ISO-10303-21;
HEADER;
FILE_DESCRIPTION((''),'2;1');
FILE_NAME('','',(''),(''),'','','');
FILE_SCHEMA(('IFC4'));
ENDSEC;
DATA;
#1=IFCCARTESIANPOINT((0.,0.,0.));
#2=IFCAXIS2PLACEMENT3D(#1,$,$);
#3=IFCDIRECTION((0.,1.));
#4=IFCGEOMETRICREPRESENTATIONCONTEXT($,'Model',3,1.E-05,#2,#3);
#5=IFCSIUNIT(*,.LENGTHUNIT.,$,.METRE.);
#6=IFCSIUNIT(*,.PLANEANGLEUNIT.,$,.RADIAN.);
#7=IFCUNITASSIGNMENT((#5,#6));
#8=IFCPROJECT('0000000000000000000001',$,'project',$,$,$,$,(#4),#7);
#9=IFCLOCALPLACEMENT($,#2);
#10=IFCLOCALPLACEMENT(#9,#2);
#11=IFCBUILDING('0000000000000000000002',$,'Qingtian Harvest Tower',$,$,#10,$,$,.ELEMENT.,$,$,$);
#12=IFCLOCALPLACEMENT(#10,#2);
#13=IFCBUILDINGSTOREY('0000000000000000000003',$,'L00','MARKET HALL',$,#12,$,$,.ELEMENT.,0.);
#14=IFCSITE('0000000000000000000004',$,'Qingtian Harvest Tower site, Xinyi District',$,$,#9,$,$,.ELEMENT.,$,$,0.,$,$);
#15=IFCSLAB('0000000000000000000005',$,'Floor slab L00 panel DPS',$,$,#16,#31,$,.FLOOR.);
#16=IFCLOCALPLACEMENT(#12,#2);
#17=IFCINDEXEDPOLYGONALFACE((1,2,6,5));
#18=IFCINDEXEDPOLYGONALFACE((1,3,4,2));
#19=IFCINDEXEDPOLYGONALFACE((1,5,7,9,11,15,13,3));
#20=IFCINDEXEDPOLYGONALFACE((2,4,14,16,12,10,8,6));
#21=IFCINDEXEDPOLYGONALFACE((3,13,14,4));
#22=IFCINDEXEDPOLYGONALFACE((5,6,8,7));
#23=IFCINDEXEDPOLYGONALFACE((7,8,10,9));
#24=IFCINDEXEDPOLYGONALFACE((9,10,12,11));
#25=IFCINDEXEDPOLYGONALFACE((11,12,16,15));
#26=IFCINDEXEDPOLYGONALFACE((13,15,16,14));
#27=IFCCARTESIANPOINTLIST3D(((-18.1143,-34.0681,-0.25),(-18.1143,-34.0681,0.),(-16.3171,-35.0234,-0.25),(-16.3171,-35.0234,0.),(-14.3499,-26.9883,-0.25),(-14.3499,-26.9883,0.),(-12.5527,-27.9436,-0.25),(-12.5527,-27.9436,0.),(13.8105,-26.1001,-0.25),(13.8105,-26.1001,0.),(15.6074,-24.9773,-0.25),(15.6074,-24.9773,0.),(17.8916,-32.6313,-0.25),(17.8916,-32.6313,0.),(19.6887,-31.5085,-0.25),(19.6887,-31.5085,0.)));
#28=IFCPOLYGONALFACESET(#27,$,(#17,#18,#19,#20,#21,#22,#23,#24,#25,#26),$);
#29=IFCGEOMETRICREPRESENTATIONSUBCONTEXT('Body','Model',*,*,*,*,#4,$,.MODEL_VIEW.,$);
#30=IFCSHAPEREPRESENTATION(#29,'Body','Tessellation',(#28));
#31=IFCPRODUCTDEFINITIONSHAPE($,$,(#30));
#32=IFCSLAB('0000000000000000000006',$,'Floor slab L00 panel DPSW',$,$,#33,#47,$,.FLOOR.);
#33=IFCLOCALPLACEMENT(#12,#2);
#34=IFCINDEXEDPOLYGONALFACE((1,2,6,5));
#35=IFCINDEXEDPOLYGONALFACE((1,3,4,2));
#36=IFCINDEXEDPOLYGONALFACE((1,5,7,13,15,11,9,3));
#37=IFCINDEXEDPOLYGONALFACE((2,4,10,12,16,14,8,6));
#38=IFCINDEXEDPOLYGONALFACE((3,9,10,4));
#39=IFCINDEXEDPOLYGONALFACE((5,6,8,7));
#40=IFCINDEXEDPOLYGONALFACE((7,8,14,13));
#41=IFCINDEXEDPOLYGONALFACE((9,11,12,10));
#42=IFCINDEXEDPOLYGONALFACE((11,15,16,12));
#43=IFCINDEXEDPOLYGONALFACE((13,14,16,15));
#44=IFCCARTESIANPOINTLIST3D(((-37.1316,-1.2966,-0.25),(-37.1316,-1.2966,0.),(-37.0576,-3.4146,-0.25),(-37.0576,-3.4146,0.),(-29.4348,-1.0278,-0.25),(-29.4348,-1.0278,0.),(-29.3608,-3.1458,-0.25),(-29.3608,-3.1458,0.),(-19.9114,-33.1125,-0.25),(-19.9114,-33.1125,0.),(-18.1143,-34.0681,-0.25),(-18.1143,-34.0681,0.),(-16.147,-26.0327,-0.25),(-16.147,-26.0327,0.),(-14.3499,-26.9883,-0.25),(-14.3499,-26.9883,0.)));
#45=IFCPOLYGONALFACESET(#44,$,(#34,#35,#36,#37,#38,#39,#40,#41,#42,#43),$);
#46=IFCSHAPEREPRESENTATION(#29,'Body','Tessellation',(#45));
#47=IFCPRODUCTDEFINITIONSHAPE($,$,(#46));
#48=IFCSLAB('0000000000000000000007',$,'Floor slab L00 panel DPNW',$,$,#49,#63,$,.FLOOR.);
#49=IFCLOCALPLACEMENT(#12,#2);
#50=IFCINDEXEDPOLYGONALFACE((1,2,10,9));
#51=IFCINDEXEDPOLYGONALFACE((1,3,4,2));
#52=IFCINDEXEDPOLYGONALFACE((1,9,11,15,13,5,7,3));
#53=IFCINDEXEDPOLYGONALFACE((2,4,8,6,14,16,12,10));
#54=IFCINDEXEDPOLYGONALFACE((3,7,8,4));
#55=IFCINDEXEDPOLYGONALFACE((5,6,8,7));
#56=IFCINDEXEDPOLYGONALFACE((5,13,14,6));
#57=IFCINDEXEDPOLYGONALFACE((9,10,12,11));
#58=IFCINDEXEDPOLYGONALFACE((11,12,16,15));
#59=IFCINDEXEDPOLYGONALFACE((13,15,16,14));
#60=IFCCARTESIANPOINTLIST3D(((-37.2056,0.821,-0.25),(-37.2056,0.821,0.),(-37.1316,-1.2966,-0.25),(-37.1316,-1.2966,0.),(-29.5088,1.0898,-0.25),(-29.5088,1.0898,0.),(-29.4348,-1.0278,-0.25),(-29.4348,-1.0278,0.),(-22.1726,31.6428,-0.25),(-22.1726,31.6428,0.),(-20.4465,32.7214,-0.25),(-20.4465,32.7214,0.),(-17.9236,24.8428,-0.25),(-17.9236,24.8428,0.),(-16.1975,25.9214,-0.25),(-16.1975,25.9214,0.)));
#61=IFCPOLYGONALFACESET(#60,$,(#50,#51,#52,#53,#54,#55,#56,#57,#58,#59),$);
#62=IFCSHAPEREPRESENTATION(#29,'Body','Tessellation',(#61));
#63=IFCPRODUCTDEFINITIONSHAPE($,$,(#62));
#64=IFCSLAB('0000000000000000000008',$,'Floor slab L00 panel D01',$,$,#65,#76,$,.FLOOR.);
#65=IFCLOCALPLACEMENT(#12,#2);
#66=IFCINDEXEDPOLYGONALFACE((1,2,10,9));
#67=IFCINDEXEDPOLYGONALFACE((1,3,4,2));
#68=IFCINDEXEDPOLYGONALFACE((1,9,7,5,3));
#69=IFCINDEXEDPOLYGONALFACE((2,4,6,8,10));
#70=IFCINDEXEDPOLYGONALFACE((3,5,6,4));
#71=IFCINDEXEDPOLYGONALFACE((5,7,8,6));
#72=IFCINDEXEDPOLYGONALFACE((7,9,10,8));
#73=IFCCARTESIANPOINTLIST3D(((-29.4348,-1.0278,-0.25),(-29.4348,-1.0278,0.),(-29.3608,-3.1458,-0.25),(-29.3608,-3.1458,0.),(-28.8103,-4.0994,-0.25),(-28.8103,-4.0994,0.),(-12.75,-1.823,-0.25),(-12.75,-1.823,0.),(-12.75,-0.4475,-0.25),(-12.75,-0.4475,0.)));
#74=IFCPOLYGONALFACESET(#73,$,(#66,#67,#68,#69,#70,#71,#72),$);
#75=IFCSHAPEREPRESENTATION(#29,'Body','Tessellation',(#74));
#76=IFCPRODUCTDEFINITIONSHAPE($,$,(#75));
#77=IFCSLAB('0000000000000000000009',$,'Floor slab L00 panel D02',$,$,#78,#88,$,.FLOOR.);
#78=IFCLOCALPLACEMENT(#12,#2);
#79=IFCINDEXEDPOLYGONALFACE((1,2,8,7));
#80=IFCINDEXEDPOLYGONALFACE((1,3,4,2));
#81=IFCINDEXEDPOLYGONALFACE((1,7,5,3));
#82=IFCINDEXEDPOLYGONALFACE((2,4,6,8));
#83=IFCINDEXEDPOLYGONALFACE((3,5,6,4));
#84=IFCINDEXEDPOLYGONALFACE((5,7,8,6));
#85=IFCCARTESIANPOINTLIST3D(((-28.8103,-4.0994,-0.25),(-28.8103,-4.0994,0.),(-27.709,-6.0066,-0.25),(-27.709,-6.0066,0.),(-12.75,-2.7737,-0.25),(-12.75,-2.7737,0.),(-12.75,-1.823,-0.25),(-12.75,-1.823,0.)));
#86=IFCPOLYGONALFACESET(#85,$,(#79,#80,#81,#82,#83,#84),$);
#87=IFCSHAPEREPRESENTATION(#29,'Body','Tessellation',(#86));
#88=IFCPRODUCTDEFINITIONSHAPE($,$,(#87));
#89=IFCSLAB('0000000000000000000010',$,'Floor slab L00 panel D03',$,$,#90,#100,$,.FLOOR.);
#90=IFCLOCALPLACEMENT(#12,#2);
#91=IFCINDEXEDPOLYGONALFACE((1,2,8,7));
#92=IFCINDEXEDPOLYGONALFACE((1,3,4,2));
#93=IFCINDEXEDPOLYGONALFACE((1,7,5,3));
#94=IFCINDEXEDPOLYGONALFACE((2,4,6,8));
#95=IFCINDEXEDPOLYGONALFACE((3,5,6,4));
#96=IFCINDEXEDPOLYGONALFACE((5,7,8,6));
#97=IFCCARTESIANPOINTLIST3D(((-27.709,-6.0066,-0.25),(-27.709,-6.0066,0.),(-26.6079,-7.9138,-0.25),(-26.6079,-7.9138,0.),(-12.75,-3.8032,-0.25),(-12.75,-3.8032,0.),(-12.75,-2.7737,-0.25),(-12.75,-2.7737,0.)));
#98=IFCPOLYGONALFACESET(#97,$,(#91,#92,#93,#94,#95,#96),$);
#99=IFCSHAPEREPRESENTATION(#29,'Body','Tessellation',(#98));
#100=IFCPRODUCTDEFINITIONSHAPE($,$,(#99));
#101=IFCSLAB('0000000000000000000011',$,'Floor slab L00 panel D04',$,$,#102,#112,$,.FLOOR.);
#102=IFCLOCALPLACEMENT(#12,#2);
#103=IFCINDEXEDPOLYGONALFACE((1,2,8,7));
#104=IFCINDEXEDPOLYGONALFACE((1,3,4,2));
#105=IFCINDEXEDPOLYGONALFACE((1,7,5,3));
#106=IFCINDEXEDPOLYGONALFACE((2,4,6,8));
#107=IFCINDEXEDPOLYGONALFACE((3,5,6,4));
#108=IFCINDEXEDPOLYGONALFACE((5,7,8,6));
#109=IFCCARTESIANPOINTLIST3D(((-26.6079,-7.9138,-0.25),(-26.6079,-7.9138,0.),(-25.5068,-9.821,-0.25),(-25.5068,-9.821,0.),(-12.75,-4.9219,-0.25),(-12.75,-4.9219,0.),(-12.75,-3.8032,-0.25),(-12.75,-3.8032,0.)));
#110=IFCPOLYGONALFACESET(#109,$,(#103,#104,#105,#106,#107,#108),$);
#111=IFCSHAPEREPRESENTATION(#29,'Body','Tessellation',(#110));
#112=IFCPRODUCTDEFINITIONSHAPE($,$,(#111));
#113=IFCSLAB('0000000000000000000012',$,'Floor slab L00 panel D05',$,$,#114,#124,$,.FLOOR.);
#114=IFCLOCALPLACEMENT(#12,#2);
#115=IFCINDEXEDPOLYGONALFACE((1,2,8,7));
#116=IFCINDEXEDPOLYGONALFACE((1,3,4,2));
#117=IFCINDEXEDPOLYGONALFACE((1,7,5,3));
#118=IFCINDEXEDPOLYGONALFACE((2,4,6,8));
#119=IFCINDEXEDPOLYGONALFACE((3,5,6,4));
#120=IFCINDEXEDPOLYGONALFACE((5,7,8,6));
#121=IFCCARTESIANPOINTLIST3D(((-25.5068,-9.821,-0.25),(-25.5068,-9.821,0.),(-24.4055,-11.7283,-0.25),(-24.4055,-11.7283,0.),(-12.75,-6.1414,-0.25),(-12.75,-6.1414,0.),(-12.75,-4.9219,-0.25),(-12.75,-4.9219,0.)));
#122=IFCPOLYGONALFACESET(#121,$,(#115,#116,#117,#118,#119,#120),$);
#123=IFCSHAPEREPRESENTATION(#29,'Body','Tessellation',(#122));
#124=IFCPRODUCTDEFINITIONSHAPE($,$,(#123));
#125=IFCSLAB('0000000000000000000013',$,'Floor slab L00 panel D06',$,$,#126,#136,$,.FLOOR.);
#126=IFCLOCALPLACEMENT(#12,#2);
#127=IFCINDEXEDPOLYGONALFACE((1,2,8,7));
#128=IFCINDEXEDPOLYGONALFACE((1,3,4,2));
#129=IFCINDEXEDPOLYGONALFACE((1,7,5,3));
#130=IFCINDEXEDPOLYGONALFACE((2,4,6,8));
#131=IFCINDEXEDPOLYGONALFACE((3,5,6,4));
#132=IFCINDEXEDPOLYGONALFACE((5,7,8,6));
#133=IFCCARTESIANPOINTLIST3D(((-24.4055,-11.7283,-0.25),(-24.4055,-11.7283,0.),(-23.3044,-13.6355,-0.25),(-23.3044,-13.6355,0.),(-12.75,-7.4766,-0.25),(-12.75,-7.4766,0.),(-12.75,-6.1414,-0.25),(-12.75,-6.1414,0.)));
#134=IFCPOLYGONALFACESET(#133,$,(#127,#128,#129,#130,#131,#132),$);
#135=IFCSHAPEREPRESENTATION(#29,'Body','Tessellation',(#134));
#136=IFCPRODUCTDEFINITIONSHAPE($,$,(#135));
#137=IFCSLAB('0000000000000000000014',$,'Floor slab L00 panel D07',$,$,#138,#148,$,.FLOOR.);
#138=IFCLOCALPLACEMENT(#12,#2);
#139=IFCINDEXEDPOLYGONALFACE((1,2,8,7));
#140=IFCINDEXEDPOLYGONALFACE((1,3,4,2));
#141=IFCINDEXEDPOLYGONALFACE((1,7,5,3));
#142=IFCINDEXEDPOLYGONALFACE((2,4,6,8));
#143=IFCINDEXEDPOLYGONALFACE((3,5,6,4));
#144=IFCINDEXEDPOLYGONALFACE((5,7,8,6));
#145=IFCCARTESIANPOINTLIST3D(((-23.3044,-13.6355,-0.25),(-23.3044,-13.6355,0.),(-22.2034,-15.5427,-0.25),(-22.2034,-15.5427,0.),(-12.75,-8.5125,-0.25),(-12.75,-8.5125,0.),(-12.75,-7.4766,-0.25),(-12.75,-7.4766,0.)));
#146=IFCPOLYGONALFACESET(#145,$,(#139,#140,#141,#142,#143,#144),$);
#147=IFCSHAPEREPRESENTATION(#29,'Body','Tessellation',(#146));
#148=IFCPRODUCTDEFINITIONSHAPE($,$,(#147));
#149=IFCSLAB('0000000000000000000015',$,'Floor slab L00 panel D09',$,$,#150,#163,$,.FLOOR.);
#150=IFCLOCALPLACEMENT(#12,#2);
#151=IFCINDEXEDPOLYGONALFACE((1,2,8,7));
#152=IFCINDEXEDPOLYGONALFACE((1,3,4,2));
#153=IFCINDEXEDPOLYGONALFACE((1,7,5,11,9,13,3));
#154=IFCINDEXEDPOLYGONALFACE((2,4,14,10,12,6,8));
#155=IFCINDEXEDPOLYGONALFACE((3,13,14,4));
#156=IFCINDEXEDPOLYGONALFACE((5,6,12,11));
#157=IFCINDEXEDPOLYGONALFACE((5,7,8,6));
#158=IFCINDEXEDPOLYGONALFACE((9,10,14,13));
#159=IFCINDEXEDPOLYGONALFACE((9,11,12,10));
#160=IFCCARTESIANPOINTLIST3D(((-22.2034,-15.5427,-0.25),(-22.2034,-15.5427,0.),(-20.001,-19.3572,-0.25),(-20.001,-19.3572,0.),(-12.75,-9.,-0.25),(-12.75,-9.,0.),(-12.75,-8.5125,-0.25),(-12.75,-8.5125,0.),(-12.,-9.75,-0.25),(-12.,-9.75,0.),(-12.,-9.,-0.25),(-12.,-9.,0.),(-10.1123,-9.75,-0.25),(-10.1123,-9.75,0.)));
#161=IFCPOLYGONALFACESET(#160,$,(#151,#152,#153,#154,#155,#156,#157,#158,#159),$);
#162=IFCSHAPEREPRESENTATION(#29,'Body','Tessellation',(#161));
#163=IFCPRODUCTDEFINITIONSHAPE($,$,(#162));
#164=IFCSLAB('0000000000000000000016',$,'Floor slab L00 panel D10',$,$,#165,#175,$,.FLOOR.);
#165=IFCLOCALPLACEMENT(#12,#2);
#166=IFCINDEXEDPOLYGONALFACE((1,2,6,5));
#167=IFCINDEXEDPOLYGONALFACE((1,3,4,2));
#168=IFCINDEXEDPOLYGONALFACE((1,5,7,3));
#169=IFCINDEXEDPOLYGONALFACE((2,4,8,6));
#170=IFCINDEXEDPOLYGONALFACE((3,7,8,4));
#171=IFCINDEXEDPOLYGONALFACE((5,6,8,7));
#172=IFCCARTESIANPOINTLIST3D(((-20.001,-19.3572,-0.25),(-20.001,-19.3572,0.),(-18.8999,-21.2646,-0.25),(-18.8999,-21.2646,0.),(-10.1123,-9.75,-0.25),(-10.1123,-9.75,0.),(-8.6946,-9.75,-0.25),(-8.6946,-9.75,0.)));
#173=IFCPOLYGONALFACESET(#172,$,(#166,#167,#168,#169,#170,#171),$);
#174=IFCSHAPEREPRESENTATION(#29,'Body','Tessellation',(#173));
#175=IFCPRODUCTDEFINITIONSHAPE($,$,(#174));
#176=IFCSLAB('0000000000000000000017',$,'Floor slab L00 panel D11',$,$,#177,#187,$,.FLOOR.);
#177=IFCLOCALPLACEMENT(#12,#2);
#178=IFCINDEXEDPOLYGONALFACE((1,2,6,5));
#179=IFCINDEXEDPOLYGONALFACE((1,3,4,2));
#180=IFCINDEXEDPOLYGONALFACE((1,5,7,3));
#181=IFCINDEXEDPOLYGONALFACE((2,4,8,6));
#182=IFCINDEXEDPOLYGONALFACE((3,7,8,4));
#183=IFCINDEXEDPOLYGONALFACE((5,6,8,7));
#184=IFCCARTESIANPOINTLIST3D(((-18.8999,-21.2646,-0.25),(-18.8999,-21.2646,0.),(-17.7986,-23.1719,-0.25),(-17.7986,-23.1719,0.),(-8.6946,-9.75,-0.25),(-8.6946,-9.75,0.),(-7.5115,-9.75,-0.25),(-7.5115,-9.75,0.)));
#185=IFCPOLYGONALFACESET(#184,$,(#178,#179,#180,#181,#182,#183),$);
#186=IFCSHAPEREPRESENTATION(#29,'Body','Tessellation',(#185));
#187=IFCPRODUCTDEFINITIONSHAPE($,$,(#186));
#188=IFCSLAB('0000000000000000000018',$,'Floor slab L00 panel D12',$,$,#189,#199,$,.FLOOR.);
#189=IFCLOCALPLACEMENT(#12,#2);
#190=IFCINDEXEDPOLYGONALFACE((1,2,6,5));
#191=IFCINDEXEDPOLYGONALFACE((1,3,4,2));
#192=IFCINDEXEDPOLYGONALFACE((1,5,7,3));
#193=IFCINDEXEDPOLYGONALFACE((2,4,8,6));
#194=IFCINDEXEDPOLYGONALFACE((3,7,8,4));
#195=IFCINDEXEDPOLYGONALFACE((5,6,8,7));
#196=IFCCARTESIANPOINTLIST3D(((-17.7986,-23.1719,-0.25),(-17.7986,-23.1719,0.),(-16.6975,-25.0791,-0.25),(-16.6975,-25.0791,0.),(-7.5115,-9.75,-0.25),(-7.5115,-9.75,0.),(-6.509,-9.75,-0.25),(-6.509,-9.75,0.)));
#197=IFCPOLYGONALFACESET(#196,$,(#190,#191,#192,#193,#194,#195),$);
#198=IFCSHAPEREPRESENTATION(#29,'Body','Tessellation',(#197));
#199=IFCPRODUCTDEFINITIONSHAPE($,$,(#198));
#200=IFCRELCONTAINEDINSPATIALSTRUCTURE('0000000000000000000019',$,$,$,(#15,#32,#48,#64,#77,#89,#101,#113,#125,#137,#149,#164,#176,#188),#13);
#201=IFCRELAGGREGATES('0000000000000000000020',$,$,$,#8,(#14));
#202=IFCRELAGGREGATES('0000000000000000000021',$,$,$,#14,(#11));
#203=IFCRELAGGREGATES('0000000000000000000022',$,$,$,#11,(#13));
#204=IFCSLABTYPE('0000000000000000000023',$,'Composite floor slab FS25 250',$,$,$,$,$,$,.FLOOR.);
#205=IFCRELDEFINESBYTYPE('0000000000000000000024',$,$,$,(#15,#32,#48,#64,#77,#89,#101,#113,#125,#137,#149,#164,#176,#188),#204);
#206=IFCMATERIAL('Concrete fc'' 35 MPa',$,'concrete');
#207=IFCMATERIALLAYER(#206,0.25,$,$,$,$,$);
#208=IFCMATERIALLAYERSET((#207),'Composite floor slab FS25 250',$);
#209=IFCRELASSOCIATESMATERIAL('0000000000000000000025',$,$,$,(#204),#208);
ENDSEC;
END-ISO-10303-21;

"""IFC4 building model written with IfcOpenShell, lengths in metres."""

from ifc_helpers import new_model, si_unit, direction, frame, origin, place, context, subcontext, project, spatial, polyline, outline, extrude, material, layer, layer_set, type_object, element, save


model = new_model("IFC4")

# Units and contexts
model_context = context("Model", 3, precision=1e-05, world=origin(), true_north=direction((0.0, 1.0)))
body_context = subcontext(model_context, "Body", "Model", "MODEL_VIEW")
ifc_project = project(units=[si_unit("LENGTHUNIT", "METRE"), si_unit("PLANEANGLEUNIT", "RADIAN")], contexts=[model_context])

# Site, building, storey
site_placement = place(None, origin())
site = spatial("IfcSite", under=ifc_project, at=site_placement, Name="Qingtian Harvest Tower site, Xinyi District", CompositionType="ELEMENT", RefElevation=0.0)
building_placement = place(site_placement, origin())
building = spatial("IfcBuilding", under=site, at=building_placement, Name="Qingtian Harvest Tower", CompositionType="ELEMENT")
storey_placement = place(building_placement, origin())
storey = spatial("IfcBuildingStorey", under=building, at=storey_placement, Name="L00", Description="MARKET HALL", CompositionType="ELEMENT", Elevation=0.0)

# Slabs
ifc_material_1 = material(Name="Concrete fc' 35 MPa", Category="concrete")
ifc_layer_1 = layer(ifc_material_1, 0.25)
ifc_layer_set_1 = layer_set([ifc_layer_1], Name="Composite floor slab FS25 250")
slab_type = type_object("IfcSlabType", Name="Composite floor slab FS25 250", PredefinedType="FLOOR", material=ifc_layer_set_1)
slab_1_placement = place(storey_placement, frame((0.0, 0.0, -0.25)))
element("IfcSlab", 1, at=slab_1_placement, inside=storey, type_object=slab_type, Name="Floor slab L00 panel DPS", PredefinedType="FLOOR", context=body_context, shape_type="SweptSolid", body=[
    extrude(outline(polyline([(-18.1143, -34.0681), (-14.3499, -26.9883), (-12.5527, -27.9436), (13.8105, -26.1001), (15.6074, -24.9773), (19.6887, -31.5085), (17.8916, -32.6313), (-16.3171, -35.0234), (-18.1143, -34.0681)])), origin(), (0.0, 0.0, 1.0), 0.25),
])
slab_2_placement = place(storey_placement, frame((0.0, 0.0, -0.25)))
element("IfcSlab", 2, at=slab_2_placement, inside=storey, type_object=slab_type, Name="Floor slab L00 panel DPSW", PredefinedType="FLOOR", context=body_context, shape_type="SweptSolid", body=[
    extrude(outline(polyline([(-37.1316, -1.2966), (-29.4348, -1.0278), (-29.3608, -3.1458), (-16.147, -26.0327), (-14.3499, -26.9883), (-18.1143, -34.0681), (-19.9114, -33.1125), (-37.0576, -3.4146), (-37.1316, -1.2966)])), origin(), (0.0, 0.0, 1.0), 0.25),
])
slab_3_placement = place(storey_placement, frame((0.0, 0.0, -0.25)))
element("IfcSlab", 3, at=slab_3_placement, inside=storey, type_object=slab_type, Name="Floor slab L00 panel DPNW", PredefinedType="FLOOR", context=body_context, shape_type="SweptSolid", body=[
    extrude(outline(polyline([(-20.4465, 32.7214), (-16.1975, 25.9214), (-17.9236, 24.8428), (-29.5088, 1.0898), (-29.4348, -1.0278), (-37.1316, -1.2966), (-37.2056, 0.821), (-22.1726, 31.6428), (-20.4465, 32.7214)])), origin(), (0.0, 0.0, 1.0), 0.25),
])
slab_4_placement = place(storey_placement, frame((0.0, 0.0, -0.25)))
element("IfcSlab", 4, at=slab_4_placement, inside=storey, type_object=slab_type, Name="Floor slab L00 panel D01", PredefinedType="FLOOR", context=body_context, shape_type="SweptSolid", body=[
    extrude(outline(polyline([(-12.75, -0.4475), (-12.75, -1.823), (-28.8103, -4.0994), (-29.3608, -3.1458), (-29.4348, -1.0278), (-12.75, -0.4475)])), origin(), (0.0, 0.0, 1.0), 0.25),
])
slab_5_placement = place(storey_placement, frame((0.0, 0.0, -0.25)))
element("IfcSlab", 5, at=slab_5_placement, inside=storey, type_object=slab_type, Name="Floor slab L00 panel D02", PredefinedType="FLOOR", context=body_context, shape_type="SweptSolid", body=[
    extrude(outline(polyline([(-12.75, -2.7737), (-27.709, -6.0066), (-28.8103, -4.0994), (-12.75, -1.823), (-12.75, -2.7737)])), origin(), (0.0, 0.0, 1.0), 0.25),
])
slab_6_placement = place(storey_placement, frame((0.0, 0.0, -0.25)))
element("IfcSlab", 6, at=slab_6_placement, inside=storey, type_object=slab_type, Name="Floor slab L00 panel D03", PredefinedType="FLOOR", context=body_context, shape_type="SweptSolid", body=[
    extrude(outline(polyline([(-12.75, -3.8032), (-26.6079, -7.9138), (-27.709, -6.0066), (-12.75, -2.7737), (-12.75, -3.8032)])), origin(), (0.0, 0.0, 1.0), 0.25),
])
slab_7_placement = place(storey_placement, frame((0.0, 0.0, -0.25)))
element("IfcSlab", 7, at=slab_7_placement, inside=storey, type_object=slab_type, Name="Floor slab L00 panel D04", PredefinedType="FLOOR", context=body_context, shape_type="SweptSolid", body=[
    extrude(outline(polyline([(-12.75, -4.9219), (-25.5068, -9.821), (-26.6079, -7.9138), (-12.75, -3.8032), (-12.75, -4.9219)])), origin(), (0.0, 0.0, 1.0), 0.25),
])
slab_8_placement = place(storey_placement, frame((0.0, 0.0, -0.25)))
element("IfcSlab", 8, at=slab_8_placement, inside=storey, type_object=slab_type, Name="Floor slab L00 panel D05", PredefinedType="FLOOR", context=body_context, shape_type="SweptSolid", body=[
    extrude(outline(polyline([(-12.75, -6.1414), (-24.4055, -11.7283), (-25.5068, -9.821), (-12.75, -4.9219), (-12.75, -6.1414)])), origin(), (0.0, 0.0, 1.0), 0.25),
])
slab_9_placement = place(storey_placement, frame((0.0, 0.0, -0.25)))
element("IfcSlab", 9, at=slab_9_placement, inside=storey, type_object=slab_type, Name="Floor slab L00 panel D06", PredefinedType="FLOOR", context=body_context, shape_type="SweptSolid", body=[
    extrude(outline(polyline([(-12.75, -7.4766), (-23.3044, -13.6355), (-24.4055, -11.7283), (-12.75, -6.1414), (-12.75, -7.4766)])), origin(), (0.0, 0.0, 1.0), 0.25),
])
slab_10_placement = place(storey_placement, frame((0.0, 0.0, -0.25)))
element("IfcSlab", 10, at=slab_10_placement, inside=storey, type_object=slab_type, Name="Floor slab L00 panel D07", PredefinedType="FLOOR", context=body_context, shape_type="SweptSolid", body=[
    extrude(outline(polyline([(-12.75, -8.5125), (-22.2034, -15.5427), (-23.3044, -13.6355), (-12.75, -7.4766), (-12.75, -8.5125)])), origin(), (0.0, 0.0, 1.0), 0.25),
])
slab_11_placement = place(storey_placement, frame((0.0, 0.0, -0.25)))
element("IfcSlab", 11, at=slab_11_placement, inside=storey, type_object=slab_type, Name="Floor slab L00 panel D09", PredefinedType="FLOOR", context=body_context, shape_type="SweptSolid", body=[
    extrude(outline(polyline([(-20.001, -19.3572), (-22.2034, -15.5427), (-12.75, -8.5125), (-12.75, -9.0), (-12.0, -9.0), (-12.0, -9.75), (-10.1123, -9.75), (-20.001, -19.3572)])), origin(), (0.0, 0.0, 1.0), 0.25),
])
slab_12_placement = place(storey_placement, frame((0.0, 0.0, -0.25)))
element("IfcSlab", 12, at=slab_12_placement, inside=storey, type_object=slab_type, Name="Floor slab L00 panel D10", PredefinedType="FLOOR", context=body_context, shape_type="SweptSolid", body=[
    extrude(outline(polyline([(-8.6946, -9.75), (-18.8999, -21.2646), (-20.001, -19.3572), (-10.1123, -9.75), (-8.6946, -9.75)])), origin(), (0.0, 0.0, 1.0), 0.25),
])
slab_13_placement = place(storey_placement, frame((0.0, 0.0, -0.25)))
element("IfcSlab", 13, at=slab_13_placement, inside=storey, type_object=slab_type, Name="Floor slab L00 panel D11", PredefinedType="FLOOR", context=body_context, shape_type="SweptSolid", body=[
    extrude(outline(polyline([(-7.5115, -9.75), (-17.7986, -23.1719), (-18.8999, -21.2646), (-8.6946, -9.75), (-7.5115, -9.75)])), origin(), (0.0, 0.0, 1.0), 0.25),
])
slab_14_placement = place(storey_placement, frame((0.0, 0.0, -0.25)))
element("IfcSlab", 14, at=slab_14_placement, inside=storey, type_object=slab_type, Name="Floor slab L00 panel D12", PredefinedType="FLOOR", context=body_context, shape_type="SweptSolid", body=[
    extrude(outline(polyline([(-6.509, -9.75), (-16.6975, -25.0791), (-17.7986, -23.1719), (-7.5115, -9.75), (-6.509, -9.75)])), origin(), (0.0, 0.0, 1.0), 0.25),
])

save(model, "model.ifc")
